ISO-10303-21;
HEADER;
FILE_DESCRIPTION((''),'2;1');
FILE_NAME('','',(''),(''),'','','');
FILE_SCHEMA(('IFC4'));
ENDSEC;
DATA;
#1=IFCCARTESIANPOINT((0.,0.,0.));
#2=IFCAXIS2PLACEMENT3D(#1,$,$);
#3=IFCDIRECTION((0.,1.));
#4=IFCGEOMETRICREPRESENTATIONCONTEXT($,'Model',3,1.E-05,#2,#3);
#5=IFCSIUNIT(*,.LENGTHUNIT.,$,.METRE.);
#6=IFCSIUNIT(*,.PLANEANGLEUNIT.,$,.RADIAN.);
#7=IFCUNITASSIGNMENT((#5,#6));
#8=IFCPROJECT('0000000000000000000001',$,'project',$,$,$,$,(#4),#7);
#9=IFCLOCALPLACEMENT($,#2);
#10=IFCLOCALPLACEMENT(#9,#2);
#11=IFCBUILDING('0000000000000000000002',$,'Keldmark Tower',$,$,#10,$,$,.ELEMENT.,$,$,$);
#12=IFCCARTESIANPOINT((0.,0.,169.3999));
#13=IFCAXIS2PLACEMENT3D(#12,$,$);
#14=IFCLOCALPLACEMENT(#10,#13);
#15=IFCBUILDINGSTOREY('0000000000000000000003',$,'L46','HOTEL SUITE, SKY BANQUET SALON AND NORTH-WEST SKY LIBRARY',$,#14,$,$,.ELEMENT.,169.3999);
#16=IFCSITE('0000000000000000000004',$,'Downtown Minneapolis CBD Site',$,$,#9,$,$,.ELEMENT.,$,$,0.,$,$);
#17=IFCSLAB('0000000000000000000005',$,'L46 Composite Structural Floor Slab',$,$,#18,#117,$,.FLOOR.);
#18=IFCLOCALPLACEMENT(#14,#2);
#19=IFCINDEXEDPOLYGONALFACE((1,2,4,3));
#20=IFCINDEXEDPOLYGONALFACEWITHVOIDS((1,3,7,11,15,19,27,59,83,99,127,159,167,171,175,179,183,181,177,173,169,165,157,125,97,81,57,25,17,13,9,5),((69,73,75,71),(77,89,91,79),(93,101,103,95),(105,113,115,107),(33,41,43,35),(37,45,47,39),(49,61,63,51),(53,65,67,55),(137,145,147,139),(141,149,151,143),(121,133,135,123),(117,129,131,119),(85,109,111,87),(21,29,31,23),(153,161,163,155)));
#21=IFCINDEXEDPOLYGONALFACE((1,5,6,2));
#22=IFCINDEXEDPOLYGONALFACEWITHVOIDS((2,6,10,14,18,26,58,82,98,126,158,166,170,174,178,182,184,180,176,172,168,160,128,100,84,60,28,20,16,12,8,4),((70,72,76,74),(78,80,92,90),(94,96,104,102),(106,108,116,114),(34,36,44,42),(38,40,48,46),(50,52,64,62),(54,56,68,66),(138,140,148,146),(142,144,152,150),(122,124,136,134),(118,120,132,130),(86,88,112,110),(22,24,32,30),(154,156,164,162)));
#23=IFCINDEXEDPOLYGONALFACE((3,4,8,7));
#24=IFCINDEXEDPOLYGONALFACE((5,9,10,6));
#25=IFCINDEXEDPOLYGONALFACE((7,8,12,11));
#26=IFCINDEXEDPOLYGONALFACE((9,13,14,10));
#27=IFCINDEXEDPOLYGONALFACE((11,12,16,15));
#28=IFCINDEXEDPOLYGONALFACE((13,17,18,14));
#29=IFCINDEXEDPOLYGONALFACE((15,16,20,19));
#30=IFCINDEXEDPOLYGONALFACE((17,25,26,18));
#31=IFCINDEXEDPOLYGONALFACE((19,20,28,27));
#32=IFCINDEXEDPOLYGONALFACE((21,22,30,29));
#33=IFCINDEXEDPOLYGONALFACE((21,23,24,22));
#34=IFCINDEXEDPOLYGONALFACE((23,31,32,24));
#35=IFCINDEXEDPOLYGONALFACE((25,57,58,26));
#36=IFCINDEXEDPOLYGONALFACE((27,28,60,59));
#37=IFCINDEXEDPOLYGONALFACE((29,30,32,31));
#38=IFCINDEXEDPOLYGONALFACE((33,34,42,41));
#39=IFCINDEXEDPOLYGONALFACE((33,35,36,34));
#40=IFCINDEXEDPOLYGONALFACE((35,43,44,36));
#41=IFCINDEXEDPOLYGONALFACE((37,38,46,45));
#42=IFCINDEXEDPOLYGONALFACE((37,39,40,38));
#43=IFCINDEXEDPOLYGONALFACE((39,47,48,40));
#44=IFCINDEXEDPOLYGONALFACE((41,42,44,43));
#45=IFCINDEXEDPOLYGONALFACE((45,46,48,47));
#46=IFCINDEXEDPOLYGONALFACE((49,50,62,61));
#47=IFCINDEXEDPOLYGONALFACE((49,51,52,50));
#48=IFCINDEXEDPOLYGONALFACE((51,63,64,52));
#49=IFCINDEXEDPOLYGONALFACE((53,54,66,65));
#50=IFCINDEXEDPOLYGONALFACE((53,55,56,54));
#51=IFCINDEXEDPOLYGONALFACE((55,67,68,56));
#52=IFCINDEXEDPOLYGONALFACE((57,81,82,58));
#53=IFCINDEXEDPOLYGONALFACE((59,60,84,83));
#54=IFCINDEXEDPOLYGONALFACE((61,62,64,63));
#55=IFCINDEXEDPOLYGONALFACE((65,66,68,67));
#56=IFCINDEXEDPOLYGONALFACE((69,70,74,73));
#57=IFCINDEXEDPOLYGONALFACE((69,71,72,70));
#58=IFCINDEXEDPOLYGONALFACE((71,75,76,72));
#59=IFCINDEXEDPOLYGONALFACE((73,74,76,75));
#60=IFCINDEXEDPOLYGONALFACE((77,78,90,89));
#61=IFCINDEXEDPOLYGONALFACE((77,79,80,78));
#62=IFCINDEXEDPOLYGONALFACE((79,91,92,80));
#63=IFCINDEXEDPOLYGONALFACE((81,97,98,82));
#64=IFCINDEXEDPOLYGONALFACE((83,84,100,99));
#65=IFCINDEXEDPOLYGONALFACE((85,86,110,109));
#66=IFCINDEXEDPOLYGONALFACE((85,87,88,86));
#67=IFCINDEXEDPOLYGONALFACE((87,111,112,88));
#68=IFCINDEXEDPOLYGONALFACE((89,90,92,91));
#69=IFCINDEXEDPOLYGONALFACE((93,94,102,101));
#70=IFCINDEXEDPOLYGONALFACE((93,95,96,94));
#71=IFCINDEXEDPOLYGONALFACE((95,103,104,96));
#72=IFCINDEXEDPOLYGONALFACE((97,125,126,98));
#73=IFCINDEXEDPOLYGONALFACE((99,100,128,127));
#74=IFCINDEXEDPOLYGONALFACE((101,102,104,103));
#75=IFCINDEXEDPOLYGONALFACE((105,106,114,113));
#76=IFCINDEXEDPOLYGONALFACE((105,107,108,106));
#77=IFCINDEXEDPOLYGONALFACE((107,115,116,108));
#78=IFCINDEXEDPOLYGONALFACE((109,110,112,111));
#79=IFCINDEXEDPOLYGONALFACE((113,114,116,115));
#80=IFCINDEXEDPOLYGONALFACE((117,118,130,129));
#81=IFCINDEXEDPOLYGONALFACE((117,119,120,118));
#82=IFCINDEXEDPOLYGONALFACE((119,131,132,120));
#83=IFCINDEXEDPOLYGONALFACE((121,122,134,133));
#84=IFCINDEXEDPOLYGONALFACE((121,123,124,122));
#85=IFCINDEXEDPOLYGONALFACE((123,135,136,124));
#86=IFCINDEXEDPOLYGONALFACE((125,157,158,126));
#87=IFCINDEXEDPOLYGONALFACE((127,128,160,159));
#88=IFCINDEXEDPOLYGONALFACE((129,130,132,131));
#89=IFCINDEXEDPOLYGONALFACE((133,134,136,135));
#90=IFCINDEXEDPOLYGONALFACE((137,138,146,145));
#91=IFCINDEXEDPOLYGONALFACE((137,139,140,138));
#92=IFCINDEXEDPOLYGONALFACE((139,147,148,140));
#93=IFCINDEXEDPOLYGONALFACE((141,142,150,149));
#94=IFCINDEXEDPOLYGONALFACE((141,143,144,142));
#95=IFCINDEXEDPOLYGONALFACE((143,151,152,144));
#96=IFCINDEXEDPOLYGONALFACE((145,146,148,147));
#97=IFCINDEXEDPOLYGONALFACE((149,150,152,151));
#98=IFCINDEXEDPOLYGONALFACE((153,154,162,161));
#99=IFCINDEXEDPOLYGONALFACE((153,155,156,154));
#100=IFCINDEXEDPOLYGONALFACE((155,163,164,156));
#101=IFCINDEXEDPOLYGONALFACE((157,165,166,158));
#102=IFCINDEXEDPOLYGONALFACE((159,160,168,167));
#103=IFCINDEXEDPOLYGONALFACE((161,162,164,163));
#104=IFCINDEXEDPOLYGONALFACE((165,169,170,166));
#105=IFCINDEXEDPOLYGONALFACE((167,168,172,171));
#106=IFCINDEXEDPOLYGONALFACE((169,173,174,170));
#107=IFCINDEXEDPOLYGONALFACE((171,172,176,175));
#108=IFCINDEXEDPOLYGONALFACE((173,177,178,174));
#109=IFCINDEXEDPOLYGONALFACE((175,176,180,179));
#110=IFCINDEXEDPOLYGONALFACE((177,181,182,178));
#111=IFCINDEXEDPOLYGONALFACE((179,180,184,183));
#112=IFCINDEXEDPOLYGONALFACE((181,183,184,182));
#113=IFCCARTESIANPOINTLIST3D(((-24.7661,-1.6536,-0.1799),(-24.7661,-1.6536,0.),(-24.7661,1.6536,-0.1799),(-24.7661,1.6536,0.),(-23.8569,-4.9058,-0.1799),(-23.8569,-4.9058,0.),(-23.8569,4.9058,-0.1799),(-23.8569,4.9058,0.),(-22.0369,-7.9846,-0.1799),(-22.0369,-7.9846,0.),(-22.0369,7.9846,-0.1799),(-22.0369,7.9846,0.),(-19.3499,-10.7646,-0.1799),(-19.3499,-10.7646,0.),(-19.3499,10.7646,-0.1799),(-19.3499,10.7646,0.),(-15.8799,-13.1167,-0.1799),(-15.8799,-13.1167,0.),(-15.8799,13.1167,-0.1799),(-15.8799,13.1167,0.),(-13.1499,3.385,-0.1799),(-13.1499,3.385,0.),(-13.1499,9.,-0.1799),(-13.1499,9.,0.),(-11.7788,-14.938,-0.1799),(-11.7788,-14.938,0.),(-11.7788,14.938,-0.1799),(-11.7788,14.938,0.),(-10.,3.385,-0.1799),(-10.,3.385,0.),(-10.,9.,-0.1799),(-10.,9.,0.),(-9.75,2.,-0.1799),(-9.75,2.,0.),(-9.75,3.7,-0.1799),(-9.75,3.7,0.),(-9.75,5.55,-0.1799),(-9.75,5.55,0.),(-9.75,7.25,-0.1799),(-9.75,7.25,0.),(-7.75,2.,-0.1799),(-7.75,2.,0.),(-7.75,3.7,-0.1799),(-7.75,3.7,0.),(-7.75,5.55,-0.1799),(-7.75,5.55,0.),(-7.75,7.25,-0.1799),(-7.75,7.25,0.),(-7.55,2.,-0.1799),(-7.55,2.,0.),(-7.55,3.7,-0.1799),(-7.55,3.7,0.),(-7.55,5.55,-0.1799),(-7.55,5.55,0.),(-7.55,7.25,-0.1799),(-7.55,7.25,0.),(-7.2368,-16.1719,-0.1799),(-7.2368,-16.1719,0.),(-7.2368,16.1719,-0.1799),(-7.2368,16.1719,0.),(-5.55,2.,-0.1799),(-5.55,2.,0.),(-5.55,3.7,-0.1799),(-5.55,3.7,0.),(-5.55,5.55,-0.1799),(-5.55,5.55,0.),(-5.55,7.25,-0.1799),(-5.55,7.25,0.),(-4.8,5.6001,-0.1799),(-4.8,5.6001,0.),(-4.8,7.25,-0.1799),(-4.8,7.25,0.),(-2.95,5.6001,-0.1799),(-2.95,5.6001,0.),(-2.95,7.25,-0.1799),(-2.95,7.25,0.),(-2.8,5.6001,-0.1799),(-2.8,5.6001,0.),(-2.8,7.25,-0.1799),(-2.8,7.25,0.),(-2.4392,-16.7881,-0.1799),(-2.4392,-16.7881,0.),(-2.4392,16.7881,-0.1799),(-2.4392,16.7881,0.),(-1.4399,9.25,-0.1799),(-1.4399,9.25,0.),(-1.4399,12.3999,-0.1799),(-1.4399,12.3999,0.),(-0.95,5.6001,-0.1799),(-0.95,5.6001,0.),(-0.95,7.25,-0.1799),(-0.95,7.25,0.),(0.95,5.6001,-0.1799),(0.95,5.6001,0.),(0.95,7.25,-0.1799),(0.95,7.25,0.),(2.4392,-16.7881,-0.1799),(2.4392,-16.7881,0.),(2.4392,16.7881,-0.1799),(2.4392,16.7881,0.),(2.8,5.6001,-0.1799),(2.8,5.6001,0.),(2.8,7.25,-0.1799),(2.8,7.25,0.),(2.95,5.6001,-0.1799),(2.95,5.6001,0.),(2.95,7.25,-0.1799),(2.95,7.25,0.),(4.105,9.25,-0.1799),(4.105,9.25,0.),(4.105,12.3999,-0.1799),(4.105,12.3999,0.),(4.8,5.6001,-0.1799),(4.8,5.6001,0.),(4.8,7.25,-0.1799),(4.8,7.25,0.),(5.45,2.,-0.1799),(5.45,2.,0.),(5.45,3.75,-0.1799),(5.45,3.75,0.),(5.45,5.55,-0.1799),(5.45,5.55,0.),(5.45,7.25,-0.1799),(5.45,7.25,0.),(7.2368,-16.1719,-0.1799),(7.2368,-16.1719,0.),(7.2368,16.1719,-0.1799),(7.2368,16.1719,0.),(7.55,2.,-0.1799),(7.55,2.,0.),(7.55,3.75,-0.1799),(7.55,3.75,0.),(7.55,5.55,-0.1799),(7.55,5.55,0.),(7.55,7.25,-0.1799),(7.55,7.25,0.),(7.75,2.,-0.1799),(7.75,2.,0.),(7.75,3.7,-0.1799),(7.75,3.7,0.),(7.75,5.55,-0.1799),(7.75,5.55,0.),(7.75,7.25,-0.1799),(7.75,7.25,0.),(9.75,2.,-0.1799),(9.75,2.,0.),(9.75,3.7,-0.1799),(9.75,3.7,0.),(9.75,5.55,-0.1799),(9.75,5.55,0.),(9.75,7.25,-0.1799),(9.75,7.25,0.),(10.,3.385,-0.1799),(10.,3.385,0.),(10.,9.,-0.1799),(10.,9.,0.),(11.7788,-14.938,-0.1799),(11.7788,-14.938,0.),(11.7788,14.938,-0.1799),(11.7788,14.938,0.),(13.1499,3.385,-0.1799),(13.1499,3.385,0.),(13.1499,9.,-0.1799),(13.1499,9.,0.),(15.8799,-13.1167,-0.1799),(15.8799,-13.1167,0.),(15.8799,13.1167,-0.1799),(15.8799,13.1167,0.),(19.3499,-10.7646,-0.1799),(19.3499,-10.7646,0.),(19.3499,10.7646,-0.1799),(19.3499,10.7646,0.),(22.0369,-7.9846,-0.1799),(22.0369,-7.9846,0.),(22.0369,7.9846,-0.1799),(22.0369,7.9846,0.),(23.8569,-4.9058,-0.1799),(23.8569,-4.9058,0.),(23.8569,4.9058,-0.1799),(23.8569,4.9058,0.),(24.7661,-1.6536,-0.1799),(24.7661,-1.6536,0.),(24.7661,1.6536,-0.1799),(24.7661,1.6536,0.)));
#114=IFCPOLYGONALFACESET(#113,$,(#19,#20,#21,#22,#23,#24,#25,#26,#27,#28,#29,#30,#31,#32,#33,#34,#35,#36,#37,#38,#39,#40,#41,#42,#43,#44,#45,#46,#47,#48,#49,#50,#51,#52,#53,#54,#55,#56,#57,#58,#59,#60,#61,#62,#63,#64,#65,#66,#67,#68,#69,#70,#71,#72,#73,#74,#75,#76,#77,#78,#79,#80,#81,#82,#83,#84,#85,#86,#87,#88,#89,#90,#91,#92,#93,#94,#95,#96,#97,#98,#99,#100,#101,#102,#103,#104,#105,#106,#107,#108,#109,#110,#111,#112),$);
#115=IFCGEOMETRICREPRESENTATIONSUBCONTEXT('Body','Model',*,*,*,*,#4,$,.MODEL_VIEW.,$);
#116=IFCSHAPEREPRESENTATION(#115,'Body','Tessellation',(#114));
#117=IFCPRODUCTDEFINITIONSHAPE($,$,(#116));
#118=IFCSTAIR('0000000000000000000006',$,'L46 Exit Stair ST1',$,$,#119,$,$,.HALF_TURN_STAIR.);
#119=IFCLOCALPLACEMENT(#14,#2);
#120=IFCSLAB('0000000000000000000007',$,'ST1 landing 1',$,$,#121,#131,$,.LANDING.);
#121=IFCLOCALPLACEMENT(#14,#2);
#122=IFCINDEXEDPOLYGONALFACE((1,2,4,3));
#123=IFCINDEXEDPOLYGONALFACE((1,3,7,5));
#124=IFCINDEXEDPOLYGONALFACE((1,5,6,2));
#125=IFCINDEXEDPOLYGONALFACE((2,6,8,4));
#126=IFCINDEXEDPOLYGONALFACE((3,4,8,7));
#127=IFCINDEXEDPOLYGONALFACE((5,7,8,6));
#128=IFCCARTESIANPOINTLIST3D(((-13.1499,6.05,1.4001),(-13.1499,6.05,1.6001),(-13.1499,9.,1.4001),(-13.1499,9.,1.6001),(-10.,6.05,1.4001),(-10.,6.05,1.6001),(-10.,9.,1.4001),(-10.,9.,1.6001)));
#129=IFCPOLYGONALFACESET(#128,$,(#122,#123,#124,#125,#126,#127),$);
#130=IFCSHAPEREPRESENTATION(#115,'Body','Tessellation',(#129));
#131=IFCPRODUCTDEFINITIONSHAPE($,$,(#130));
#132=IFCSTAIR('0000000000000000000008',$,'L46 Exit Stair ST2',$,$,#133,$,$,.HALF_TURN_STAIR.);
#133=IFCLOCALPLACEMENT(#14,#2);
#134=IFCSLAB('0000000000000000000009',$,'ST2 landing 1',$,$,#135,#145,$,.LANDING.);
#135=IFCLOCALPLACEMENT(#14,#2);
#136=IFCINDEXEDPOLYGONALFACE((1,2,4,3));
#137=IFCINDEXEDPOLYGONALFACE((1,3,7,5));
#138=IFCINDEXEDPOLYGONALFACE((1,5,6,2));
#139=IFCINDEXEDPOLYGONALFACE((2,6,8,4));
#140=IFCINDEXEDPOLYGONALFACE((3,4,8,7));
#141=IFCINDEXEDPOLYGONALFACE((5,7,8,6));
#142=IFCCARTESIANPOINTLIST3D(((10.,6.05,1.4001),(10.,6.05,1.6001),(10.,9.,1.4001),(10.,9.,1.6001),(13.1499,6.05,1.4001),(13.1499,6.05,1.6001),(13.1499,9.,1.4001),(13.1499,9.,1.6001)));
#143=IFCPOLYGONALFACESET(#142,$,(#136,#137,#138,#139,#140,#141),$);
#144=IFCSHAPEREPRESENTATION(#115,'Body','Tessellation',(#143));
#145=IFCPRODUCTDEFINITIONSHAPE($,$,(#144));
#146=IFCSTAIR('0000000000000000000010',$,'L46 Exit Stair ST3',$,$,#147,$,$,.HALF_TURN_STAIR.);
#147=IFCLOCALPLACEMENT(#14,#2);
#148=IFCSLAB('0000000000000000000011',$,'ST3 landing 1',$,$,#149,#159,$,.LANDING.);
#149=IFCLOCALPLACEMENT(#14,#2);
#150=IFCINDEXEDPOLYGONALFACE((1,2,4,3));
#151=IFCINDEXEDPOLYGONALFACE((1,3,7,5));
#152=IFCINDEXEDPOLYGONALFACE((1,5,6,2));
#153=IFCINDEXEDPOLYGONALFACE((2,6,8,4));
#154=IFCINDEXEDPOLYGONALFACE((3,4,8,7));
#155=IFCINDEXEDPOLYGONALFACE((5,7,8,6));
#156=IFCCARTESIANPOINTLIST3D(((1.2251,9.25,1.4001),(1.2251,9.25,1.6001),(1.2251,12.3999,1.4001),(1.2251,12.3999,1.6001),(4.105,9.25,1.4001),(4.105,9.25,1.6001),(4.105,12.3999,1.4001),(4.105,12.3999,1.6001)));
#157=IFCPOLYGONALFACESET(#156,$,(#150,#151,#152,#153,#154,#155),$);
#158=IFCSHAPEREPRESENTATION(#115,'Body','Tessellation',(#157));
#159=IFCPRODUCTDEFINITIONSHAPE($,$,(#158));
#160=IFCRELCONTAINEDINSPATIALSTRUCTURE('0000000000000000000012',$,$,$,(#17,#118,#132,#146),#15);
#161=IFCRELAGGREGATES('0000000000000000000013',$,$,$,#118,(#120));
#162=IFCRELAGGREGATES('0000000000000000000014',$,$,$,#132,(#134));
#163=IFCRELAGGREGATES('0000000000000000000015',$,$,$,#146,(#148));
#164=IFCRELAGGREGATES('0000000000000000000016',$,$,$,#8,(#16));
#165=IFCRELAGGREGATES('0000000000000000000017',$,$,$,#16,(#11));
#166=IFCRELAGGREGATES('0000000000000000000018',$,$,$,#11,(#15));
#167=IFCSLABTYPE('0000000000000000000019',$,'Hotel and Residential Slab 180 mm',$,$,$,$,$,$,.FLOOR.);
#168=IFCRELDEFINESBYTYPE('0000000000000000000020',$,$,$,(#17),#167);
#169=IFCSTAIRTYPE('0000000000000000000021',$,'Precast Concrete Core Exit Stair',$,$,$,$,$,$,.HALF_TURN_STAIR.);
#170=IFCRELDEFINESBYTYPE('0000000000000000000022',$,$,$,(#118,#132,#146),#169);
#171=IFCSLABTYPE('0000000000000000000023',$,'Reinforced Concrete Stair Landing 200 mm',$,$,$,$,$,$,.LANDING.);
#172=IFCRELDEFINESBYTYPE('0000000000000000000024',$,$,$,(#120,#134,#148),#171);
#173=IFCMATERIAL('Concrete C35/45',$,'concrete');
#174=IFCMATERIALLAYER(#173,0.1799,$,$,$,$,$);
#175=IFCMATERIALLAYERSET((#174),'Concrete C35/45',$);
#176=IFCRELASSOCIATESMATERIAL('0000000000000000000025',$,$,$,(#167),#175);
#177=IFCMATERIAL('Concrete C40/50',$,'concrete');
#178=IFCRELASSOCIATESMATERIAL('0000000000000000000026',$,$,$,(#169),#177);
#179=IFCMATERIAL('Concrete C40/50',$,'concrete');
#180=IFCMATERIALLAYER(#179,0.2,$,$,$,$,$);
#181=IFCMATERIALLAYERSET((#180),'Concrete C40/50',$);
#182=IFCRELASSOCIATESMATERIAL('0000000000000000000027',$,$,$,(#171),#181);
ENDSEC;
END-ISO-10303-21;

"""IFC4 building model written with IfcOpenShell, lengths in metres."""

from ifc_helpers import new_model, si_unit, direction, frame, origin, place, context, subcontext, project, spatial, polyline, outline, extrude, material, layer, layer_set, type_object, element, aggregate, save


model = new_model("IFC4")

# Units and contexts
model_context = context("Model", 3, precision=1e-05, world=origin(), true_north=direction((0.0, 1.0)))
body_context = subcontext(model_context, "Body", "Model", "MODEL_VIEW")
ifc_project = project(units=[si_unit("LENGTHUNIT", "METRE"), si_unit("PLANEANGLEUNIT", "RADIAN")], contexts=[model_context])

# Site, building, storey
site_placement = place(None, origin())
site = spatial("IfcSite", under=ifc_project, at=site_placement, Name="Downtown Minneapolis CBD Site", CompositionType="ELEMENT", RefElevation=0.0)
building_placement = place(site_placement, origin())
building = spatial("IfcBuilding", under=site, at=building_placement, Name="Keldmark Tower", CompositionType="ELEMENT")
storey_placement = place(building_placement, frame((0.0, 0.0, 169.3999)))
storey = spatial("IfcBuildingStorey", under=building, at=storey_placement, Name="L46", Description="HOTEL SUITE, SKY BANQUET SALON AND NORTH-WEST SKY LIBRARY", CompositionType="ELEMENT", Elevation=169.3999)

# Slab
ifc_material_1 = material(Name="Concrete C35/45", Category="concrete")
ifc_layer_1 = layer(ifc_material_1, 0.1799)
ifc_layer_set_1 = layer_set([ifc_layer_1], Name="Concrete C35/45")
slab_type_1 = type_object("IfcSlabType", Name="Hotel and Residential Slab 180 mm", PredefinedType="FLOOR", material=ifc_layer_set_1)
slab_1_placement = place(storey_placement, frame((0.0, 0.0, -0.1799)))
element("IfcSlab", 1, at=slab_1_placement, inside=storey, type_object=slab_type_1, Name="L46 Composite Structural Floor Slab", PredefinedType="FLOOR", context=body_context, shape_type="SweptSolid", body=[
    extrude(outline(polyline([(24.7661, 1.6536), (23.8569, 4.9058), (22.0369, 7.9846), (19.3499, 10.7646), (15.8799, 13.1167), (11.7788, 14.938), (7.2368, 16.1719), (2.4392, 16.7881), (-2.4392, 16.7881), (-7.2368, 16.1719), (-11.7788, 14.938), (-15.8799, 13.1167), (-19.3499, 10.7646), (-22.0369, 7.9846), (-23.8569, 4.9058), (-24.7661, 1.6536), (-24.7661, -1.6536), (-23.8569, -4.9058), (-22.0369, -7.9846), (-19.3499, -10.7646), (-15.8799, -13.1167), (-11.7788, -14.938), (-7.2368, -16.1719), (-2.4392, -16.7881), (2.4392, -16.7881), (7.2368, -16.1719), (11.7788, -14.938), (15.8799, -13.1167), (19.3499, -10.7646), (22.0369, -7.9846), (23.8569, -4.9058), (24.7661, -1.6536), (24.7661, 1.6536)]), holes=[polyline([(-10.0, 3.385), (-10.0, 9.0), (-13.1499, 9.0), (-13.1499, 3.385), (-10.0, 3.385)]), polyline([(13.1499, 3.385), (13.1499, 9.0), (10.0, 9.0), (10.0, 3.385), (13.1499, 3.385)]), polyline([(-1.4399, 9.25), (4.105, 9.25), (4.105, 12.3999), (-1.4399, 12.3999), (-1.4399, 9.25)]), polyline([(-9.75, 2.0), (-7.75, 2.0), (-7.75, 3.7), (-9.75, 3.7), (-9.75, 2.0)]), polyline([(7.75, 2.0), (9.75, 2.0), (9.75, 3.7), (7.75, 3.7), (7.75, 2.0)]), polyline([(5.45, 2.0), (7.55, 2.0), (7.55, 3.75), (5.45, 3.75), (5.45, 2.0)]), polyline([(-4.8, 5.6001), (-2.95, 5.6001), (-2.95, 7.25), (-4.8, 7.25), (-4.8, 5.6001)]), polyline([(-2.8, 5.6001), (-0.95, 5.6001), (-0.95, 7.25), (-2.8, 7.25), (-2.8, 5.6001)]), polyline([(0.95, 5.6001), (2.8, 5.6001), (2.8, 7.25), (0.95, 7.25), (0.95, 5.6001)]), polyline([(2.95, 5.6001), (4.8, 5.6001), (4.8, 7.25), (2.95, 7.25), (2.95, 5.6001)]), polyline([(-9.75, 5.55), (-7.75, 5.55), (-7.75, 7.25), (-9.75, 7.25), (-9.75, 5.55)]), polyline([(-7.55, 5.55), (-5.55, 5.55), (-5.55, 7.25), (-7.55, 7.25), (-7.55, 5.55)]), polyline([(-7.55, 2.0), (-5.55, 2.0), (-5.55, 3.7), (-7.55, 3.7), (-7.55, 2.0)]), polyline([(5.45, 5.55), (7.55, 5.55), (7.55, 7.25), (5.45, 7.25), (5.45, 5.55)]), polyline([(7.75, 5.55), (9.75, 5.55), (9.75, 7.25), (7.75, 7.25), (7.75, 5.55)])]), origin(), (0.0, 0.0, 1.0), 0.1799),
])

# Stairs, slabs
ifc_material_2 = material(Name="Concrete C40/50", Category="concrete")
stair_type = type_object("IfcStairType", Name="Precast Concrete Core Exit Stair", PredefinedType="HALF_TURN_STAIR", material=ifc_material_2)
stair_1_placement = place(storey_placement, origin())
stair_1 = element("IfcStair", 2, at=stair_1_placement, inside=storey, type_object=stair_type, Name="L46 Exit Stair ST1", PredefinedType="HALF_TURN_STAIR")
ifc_material_3 = material(Name="Concrete C40/50", Category="concrete")
ifc_layer_2 = layer(ifc_material_3, 0.2)
ifc_layer_set_2 = layer_set([ifc_layer_2], Name="Concrete C40/50")
slab_type_2 = type_object("IfcSlabType", Name="Reinforced Concrete Stair Landing 200 mm", PredefinedType="LANDING", material=ifc_layer_set_2)
slab_2_placement = place(storey_placement, frame((0.0, 0.0, 1.4001)))
slab_2 = element("IfcSlab", 3, at=slab_2_placement, type_object=slab_type_2, Name="ST1 landing 1", PredefinedType="LANDING", context=body_context, shape_type="SweptSolid", body=[
    extrude(outline(polyline([(-10.0, 6.05), (-10.0, 9.0), (-13.1499, 9.0), (-13.1499, 6.05), (-10.0, 6.05)])), origin(), (0.0, 0.0, 1.0), 0.2),
])
aggregate(stair_1, [slab_2])
stair_2_placement = place(storey_placement, origin())
stair_2 = element("IfcStair", 4, at=stair_2_placement, inside=storey, type_object=stair_type, Name="L46 Exit Stair ST2", PredefinedType="HALF_TURN_STAIR")
slab_3_placement = place(storey_placement, frame((0.0, 0.0, 1.4001)))
slab_3 = element("IfcSlab", 5, at=slab_3_placement, type_object=slab_type_2, Name="ST2 landing 1", PredefinedType="LANDING", context=body_context, shape_type="SweptSolid", body=[
    extrude(outline(polyline([(13.1499, 6.05), (13.1499, 9.0), (10.0, 9.0), (10.0, 6.05), (13.1499, 6.05)])), origin(), (0.0, 0.0, 1.0), 0.2),
])
aggregate(stair_2, [slab_3])
stair_3_placement = place(storey_placement, origin())
stair_3 = element("IfcStair", 6, at=stair_3_placement, inside=storey, type_object=stair_type, Name="L46 Exit Stair ST3", PredefinedType="HALF_TURN_STAIR")
slab_4_placement = place(storey_placement, frame((0.0, 0.0, 1.4001)))
slab_4 = element("IfcSlab", 7, at=slab_4_placement, type_object=slab_type_2, Name="ST3 landing 1", PredefinedType="LANDING", context=body_context, shape_type="SweptSolid", body=[
    extrude(outline(polyline([(1.2251, 9.25), (4.105, 9.25), (4.105, 12.3999), (1.2251, 12.3999), (1.2251, 9.25)])), origin(), (0.0, 0.0, 1.0), 0.2),
])
aggregate(stair_3, [slab_4])

save(model, "model.ifc")
